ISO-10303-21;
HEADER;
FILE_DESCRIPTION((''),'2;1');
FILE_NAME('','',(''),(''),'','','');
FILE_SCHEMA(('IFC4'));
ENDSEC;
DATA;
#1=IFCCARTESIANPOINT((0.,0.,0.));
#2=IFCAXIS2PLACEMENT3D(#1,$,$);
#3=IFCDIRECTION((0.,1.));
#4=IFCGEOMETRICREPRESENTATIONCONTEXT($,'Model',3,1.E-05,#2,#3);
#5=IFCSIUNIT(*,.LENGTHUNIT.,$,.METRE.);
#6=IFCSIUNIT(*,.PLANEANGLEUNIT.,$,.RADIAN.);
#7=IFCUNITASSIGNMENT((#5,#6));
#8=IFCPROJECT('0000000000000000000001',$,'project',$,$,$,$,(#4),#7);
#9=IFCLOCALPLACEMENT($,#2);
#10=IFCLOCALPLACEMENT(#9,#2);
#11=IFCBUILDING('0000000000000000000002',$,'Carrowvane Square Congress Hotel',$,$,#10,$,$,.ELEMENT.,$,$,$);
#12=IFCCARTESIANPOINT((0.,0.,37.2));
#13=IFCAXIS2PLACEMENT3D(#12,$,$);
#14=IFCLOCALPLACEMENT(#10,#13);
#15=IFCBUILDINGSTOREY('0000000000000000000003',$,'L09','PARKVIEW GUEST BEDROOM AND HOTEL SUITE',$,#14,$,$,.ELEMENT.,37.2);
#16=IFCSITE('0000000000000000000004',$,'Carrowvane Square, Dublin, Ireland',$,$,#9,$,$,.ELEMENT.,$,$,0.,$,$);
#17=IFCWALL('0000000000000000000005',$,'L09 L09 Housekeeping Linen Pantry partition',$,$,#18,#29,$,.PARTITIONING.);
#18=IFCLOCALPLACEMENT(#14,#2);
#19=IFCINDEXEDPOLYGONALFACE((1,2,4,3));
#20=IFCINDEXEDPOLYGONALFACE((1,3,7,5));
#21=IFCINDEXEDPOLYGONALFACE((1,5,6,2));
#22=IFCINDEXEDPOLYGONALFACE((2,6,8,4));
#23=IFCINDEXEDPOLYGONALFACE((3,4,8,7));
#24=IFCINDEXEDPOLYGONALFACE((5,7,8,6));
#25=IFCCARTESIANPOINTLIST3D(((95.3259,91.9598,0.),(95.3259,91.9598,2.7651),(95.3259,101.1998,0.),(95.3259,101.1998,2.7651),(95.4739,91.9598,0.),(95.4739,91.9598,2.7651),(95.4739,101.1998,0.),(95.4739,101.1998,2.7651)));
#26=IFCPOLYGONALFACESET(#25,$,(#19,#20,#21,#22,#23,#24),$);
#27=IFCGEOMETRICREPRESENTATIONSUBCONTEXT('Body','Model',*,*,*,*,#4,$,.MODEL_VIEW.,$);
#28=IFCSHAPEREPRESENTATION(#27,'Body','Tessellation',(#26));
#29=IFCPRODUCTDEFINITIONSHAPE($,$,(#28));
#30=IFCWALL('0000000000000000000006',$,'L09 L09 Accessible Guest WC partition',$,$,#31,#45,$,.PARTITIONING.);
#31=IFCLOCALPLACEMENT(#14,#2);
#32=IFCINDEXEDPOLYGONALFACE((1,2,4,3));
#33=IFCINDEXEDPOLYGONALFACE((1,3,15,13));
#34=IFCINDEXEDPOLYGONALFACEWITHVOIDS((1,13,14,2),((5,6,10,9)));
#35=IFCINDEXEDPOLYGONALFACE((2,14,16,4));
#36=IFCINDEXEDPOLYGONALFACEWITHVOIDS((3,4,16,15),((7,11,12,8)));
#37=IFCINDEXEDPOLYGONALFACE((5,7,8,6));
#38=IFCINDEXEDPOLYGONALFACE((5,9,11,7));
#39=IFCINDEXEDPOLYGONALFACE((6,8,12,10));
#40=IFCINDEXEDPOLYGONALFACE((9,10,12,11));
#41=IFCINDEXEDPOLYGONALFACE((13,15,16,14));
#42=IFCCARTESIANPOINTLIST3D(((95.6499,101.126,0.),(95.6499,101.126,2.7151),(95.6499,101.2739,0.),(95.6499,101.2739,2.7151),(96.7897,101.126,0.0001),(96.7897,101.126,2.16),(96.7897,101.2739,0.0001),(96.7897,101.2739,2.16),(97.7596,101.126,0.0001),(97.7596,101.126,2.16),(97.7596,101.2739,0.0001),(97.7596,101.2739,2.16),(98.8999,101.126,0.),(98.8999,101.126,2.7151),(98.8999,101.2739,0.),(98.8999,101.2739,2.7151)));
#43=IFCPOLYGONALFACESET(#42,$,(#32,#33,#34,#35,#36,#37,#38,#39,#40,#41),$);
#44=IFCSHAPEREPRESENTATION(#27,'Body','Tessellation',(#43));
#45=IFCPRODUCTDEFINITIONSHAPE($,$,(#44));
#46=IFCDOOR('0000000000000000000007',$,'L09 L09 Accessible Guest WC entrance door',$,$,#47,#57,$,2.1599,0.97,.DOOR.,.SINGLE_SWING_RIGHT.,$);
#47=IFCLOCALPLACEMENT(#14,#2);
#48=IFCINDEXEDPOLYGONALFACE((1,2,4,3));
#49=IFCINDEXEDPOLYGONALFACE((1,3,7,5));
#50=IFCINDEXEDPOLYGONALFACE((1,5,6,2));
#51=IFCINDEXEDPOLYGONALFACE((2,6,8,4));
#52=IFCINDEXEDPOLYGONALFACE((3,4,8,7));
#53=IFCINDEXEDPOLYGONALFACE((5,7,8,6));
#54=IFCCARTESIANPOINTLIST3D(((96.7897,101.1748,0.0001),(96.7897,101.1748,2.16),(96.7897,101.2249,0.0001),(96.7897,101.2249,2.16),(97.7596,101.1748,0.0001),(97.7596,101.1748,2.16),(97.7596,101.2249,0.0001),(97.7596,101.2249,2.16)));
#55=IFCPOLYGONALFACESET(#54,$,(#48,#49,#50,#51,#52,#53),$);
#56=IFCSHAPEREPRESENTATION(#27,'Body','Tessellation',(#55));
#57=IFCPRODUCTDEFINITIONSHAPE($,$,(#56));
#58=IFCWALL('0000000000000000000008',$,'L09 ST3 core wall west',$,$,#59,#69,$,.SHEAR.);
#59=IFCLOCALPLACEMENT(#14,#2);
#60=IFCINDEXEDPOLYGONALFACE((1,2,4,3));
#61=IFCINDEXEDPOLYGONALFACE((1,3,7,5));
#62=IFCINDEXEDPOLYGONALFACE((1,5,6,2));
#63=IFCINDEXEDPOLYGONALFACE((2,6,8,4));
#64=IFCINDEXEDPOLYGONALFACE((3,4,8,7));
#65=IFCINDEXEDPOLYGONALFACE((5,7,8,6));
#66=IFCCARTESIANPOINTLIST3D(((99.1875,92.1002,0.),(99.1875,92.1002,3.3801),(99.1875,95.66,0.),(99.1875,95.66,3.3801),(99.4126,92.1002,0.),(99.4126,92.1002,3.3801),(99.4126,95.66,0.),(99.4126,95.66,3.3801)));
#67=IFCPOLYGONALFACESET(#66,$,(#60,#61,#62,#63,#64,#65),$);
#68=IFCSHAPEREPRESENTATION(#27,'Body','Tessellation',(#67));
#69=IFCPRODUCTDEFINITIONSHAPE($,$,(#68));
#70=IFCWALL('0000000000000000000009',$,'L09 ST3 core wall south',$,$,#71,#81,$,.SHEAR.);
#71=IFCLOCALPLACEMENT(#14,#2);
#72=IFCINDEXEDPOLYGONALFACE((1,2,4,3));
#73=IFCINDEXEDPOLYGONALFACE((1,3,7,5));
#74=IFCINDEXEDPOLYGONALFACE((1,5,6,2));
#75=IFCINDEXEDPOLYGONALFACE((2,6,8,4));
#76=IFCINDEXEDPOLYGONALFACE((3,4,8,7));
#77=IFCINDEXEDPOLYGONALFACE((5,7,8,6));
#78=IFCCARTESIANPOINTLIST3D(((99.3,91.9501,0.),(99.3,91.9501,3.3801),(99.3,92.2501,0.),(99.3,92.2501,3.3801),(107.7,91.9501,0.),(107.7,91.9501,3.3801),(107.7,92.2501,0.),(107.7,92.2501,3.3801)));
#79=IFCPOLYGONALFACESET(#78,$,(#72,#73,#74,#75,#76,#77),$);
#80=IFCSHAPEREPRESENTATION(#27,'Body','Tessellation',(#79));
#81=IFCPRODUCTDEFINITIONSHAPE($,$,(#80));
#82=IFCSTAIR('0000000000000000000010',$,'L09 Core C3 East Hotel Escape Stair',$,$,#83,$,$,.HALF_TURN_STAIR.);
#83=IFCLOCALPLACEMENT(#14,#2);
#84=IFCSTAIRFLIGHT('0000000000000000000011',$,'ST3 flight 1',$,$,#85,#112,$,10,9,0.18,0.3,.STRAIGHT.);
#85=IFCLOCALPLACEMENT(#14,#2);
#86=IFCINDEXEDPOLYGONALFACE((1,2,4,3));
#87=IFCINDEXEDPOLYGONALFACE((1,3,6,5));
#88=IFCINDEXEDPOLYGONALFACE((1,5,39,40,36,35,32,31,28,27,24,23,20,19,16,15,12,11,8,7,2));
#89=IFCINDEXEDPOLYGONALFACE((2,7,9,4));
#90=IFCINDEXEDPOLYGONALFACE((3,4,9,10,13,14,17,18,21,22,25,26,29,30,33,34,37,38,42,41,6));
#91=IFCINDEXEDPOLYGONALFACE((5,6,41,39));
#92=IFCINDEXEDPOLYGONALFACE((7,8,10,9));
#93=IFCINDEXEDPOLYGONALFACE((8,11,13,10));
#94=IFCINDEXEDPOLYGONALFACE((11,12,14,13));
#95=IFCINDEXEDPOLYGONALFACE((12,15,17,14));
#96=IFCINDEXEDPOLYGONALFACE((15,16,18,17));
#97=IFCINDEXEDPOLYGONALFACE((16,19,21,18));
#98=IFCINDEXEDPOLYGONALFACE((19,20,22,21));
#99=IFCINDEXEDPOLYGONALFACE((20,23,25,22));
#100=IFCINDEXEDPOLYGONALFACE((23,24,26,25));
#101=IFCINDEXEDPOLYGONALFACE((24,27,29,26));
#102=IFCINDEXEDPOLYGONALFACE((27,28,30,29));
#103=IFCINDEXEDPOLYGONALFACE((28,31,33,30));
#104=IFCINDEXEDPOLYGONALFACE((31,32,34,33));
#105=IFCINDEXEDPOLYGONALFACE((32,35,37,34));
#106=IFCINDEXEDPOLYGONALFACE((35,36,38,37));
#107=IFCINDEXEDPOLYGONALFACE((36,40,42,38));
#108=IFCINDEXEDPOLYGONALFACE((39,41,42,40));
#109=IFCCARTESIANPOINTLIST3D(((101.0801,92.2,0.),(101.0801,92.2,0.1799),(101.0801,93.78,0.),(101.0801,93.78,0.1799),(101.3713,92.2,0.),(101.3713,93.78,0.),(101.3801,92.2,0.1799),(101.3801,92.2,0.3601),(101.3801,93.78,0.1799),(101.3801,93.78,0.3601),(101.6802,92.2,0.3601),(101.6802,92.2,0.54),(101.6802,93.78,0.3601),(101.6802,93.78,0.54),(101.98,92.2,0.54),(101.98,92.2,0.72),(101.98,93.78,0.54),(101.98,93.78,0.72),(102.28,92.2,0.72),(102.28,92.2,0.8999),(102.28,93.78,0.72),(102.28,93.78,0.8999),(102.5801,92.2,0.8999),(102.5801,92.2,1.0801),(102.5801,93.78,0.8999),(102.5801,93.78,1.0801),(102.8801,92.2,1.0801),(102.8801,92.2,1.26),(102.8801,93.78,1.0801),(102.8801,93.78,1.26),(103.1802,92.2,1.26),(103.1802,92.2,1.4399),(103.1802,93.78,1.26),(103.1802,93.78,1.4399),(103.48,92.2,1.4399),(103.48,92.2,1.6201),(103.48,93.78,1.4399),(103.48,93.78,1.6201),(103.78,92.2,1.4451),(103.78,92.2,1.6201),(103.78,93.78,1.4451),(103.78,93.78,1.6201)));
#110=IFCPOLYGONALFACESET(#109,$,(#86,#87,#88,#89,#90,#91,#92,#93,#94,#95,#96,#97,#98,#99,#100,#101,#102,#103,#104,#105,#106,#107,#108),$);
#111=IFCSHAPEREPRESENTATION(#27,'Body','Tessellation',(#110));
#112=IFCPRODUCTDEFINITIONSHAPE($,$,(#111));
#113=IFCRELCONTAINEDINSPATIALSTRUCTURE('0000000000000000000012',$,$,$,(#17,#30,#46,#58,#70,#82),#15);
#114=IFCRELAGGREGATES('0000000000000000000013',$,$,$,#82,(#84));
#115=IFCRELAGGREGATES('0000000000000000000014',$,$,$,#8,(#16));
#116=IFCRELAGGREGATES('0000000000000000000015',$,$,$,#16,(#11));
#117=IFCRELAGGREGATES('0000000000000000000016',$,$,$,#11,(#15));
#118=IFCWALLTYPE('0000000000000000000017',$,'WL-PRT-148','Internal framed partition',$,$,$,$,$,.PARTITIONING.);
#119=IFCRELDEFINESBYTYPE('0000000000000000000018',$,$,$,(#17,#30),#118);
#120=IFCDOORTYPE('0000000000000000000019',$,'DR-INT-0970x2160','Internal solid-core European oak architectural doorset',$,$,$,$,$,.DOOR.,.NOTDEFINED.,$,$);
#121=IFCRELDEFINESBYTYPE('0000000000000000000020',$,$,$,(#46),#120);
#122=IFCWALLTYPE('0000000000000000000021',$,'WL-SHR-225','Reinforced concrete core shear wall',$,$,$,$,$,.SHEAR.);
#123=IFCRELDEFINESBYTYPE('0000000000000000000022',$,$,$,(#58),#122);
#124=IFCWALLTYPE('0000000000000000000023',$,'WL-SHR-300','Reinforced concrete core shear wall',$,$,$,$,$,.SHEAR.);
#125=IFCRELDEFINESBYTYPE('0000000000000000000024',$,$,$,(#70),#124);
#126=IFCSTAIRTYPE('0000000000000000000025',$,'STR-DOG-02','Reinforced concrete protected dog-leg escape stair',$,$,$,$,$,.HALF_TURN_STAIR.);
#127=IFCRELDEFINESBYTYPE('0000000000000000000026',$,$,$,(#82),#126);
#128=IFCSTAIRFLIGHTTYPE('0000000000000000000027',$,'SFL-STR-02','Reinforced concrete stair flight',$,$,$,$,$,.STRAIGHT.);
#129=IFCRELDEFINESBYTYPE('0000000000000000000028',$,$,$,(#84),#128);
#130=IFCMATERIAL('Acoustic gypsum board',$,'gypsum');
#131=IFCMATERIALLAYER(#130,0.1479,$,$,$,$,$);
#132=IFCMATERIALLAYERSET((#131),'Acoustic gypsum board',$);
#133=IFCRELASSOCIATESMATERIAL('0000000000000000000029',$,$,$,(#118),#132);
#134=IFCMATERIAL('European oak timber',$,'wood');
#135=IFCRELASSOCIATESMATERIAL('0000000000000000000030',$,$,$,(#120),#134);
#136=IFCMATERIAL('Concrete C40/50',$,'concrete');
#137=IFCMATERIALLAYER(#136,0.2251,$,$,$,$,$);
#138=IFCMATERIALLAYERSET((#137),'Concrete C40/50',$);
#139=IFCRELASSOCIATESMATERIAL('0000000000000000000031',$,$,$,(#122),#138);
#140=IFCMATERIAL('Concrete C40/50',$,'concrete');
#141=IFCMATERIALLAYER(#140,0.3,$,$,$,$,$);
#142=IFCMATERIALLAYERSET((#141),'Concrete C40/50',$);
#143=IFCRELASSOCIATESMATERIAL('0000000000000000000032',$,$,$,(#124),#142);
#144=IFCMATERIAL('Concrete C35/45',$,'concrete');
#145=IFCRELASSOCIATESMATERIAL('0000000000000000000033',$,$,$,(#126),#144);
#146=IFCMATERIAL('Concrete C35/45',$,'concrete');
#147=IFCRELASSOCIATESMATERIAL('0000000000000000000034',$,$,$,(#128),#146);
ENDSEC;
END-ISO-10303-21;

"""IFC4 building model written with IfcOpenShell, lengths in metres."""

from ifc_helpers import new_model, si_unit, direction, frame, frame_2d, origin, place, context, subcontext, project, spatial, polyline, rectangle, outline, extrude, material, layer, layer_set, type_object, element, fill, aggregate, save


model = new_model("IFC4")

# Units and contexts
model_context = context("Model", 3, precision=1e-05, world=origin(), true_north=direction((0.0, 1.0)))
body_context = subcontext(model_context, "Body", "Model", "MODEL_VIEW")
ifc_project = project(units=[si_unit("LENGTHUNIT", "METRE"), si_unit("PLANEANGLEUNIT", "RADIAN")], contexts=[model_context])

# Site, building, storey
site_placement = place(None, origin())
site = spatial("IfcSite", under=ifc_project, at=site_placement, Name="Carrowvane Square, Dublin, Ireland", CompositionType="ELEMENT", RefElevation=0.0)
building_placement = place(site_placement, origin())
building = spatial("IfcBuilding", under=site, at=building_placement, Name="Carrowvane Square Congress Hotel", CompositionType="ELEMENT")
storey_placement = place(building_placement, frame((0.0, 0.0, 37.2)))
storey = spatial("IfcBuildingStorey", under=building, at=storey_placement, Name="L09", Description="PARKVIEW GUEST BEDROOM AND HOTEL SUITE", CompositionType="ELEMENT", Elevation=37.2)

# Wall
ifc_material_1 = material(Name="Acoustic gypsum board", Category="gypsum")
ifc_layer_1 = layer(ifc_material_1, 0.1479)
ifc_layer_set_1 = layer_set([ifc_layer_1], Name="Acoustic gypsum board")
wall_type_1 = type_object("IfcWallType", Name="WL-PRT-148", Description="Internal framed partition", PredefinedType="PARTITIONING", material=ifc_layer_set_1)
wall_1_placement = place(storey_placement, frame((95.3999, 101.2, 0.0), z_axis=(0.0, 0.0, 1.0), x_axis=(0.0, -1.0, 0.0)))
element("IfcWall", 1, at=wall_1_placement, inside=storey, type_object=wall_type_1, Name="L09 L09 Housekeeping Linen Pantry partition", PredefinedType="PARTITIONING", context=body_context, shape_type="SweptSolid", body=[
    extrude(rectangle(XDim=9.24, YDim=0.1479, at=frame_2d((4.6201, 0.0))), origin(), (0.0, 0.0, 1.0), 2.7651),
])

# Wall, opening, door
wall_2_placement = place(storey_placement, frame((95.6499, 101.2, 0.0), z_axis=(0.0, 0.0, 1.0), x_axis=(1.0, 0.0, 0.0)))
wall_2 = element("IfcWall", 2, at=wall_2_placement, inside=storey, type_object=wall_type_1, Name="L09 L09 Accessible Guest WC partition", PredefinedType="PARTITIONING", context=body_context, shape_type="SweptSolid", body=[
    extrude(rectangle(XDim=3.25, YDim=0.1479, at=frame_2d((1.625, 0.0))), origin(), (0.0, 0.0, 1.0), 2.7151),
])
opening_1_placement = place(wall_2_placement, frame((1.1399, 0.0, 0.0)))
opening_1 = element("IfcOpeningElement", 3, at=opening_1_placement, cuts=wall_2, PredefinedType="OPENING", context=body_context, shape_type="SweptSolid", body=[
    extrude(rectangle(XDim=0.97, YDim=2.1599, at=frame_2d((0.4849, 1.0801))), frame((0.0, 0.084, 0.0), z_axis=(0.0, -1.0, 0.0), x_axis=(1.0, 0.0, 0.0)), (0.0, 0.0, 1.0), 0.168),
])
ifc_material_2 = material(Name="European oak timber", Category="wood")
door_type = type_object("IfcDoorType", Name="DR-INT-0970x2160", Description="Internal solid-core European oak architectural doorset", OperationType="NOTDEFINED", PredefinedType="DOOR", material=ifc_material_2)
door_placement = place(opening_1_placement, origin())
door = element("IfcDoor", 4, at=door_placement, inside=storey, type_object=door_type, Name="L09 L09 Accessible Guest WC entrance door", OperationType="SINGLE_SWING_RIGHT", OverallHeight=2.1599, OverallWidth=0.97, PredefinedType="DOOR", context=body_context, shape_type="SweptSolid", body=[
    extrude(rectangle(XDim=0.97, YDim=2.1599, at=frame_2d((0.4849, 1.0801))), frame((0.0, 0.0249, 0.0), z_axis=(0.0, -1.0, 0.0), x_axis=(1.0, 0.0, 0.0)), (0.0, 0.0, 1.0), 0.05),
])
fill(opening_1, door)

# Walls
ifc_material_3 = material(Name="Concrete C40/50", Category="concrete")
ifc_layer_2 = layer(ifc_material_3, 0.2251)
ifc_layer_set_2 = layer_set([ifc_layer_2], Name="Concrete C40/50")
wall_type_2 = type_object("IfcWallType", Name="WL-SHR-225", Description="Reinforced concrete core shear wall", PredefinedType="SHEAR", material=ifc_layer_set_2)
wall_3_placement = place(storey_placement, frame((99.3, 95.6599, 0.0), z_axis=(0.0, 0.0, 1.0), x_axis=(0.0, -1.0, 0.0)))
element("IfcWall", 5, at=wall_3_placement, inside=storey, type_object=wall_type_2, Name="L09 ST3 core wall west", PredefinedType="SHEAR", context=body_context, shape_type="SweptSolid", body=[
    extrude(rectangle(XDim=3.5598, YDim=0.2251, at=frame_2d((1.7798, 0.0))), origin(), (0.0, 0.0, 1.0), 3.3801),
])
ifc_material_4 = material(Name="Concrete C40/50", Category="concrete")
ifc_layer_3 = layer(ifc_material_4, 0.3)
ifc_layer_set_3 = layer_set([ifc_layer_3], Name="Concrete C40/50")
wall_type_3 = type_object("IfcWallType", Name="WL-SHR-300", Description="Reinforced concrete core shear wall", PredefinedType="SHEAR", material=ifc_layer_set_3)
wall_4_placement = place(storey_placement, frame((99.3, 92.1001, 0.0), z_axis=(0.0, 0.0, 1.0), x_axis=(1.0, 0.0, 0.0)))
element("IfcWall", 6, at=wall_4_placement, inside=storey, type_object=wall_type_3, Name="L09 ST3 core wall south", PredefinedType="SHEAR", context=body_context, shape_type="SweptSolid", body=[
    extrude(rectangle(XDim=8.3999, YDim=0.3, at=frame_2d((4.2, 0.0))), origin(), (0.0, 0.0, 1.0), 3.3801),
])

# Stair, stair flight
ifc_material_5 = material(Name="Concrete C35/45", Category="concrete")
stair_type = type_object("IfcStairType", Name="STR-DOG-02", Description="Reinforced concrete protected dog-leg escape stair", PredefinedType="HALF_TURN_STAIR", material=ifc_material_5)
stair_placement = place(storey_placement, origin())
stair = element("IfcStair", 7, at=stair_placement, inside=storey, type_object=stair_type, Name="L09 Core C3 East Hotel Escape Stair", PredefinedType="HALF_TURN_STAIR")
ifc_material_6 = material(Name="Concrete C35/45", Category="concrete")
stair_flight_type = type_object("IfcStairFlightType", Name="SFL-STR-02", Description="Reinforced concrete stair flight", PredefinedType="STRAIGHT", material=ifc_material_6)
stair_flight_placement = place(storey_placement, frame((101.0801, 92.99, 0.0), z_axis=(0.0, 0.0, 1.0), x_axis=(1.0, 0.0, 0.0)))
stair_flight = element("IfcStairFlight", 8, at=stair_flight_placement, type_object=stair_flight_type, Name="ST3 flight 1", NumberOfRisers=10, NumberOfTreads=9, PredefinedType="STRAIGHT", RiserHeight=0.18, TreadLength=0.3, context=body_context, shape_type="SweptSolid", body=[
    extrude(outline(polyline([(0.0, 0.0), (0.0, 0.1799), (0.3, 0.1799), (0.3, 0.3601), (0.6001, 0.3601), (0.6001, 0.54), (0.8999, 0.54), (0.8999, 0.72), (1.2, 0.72), (1.2, 0.8999), (1.5, 0.8999), (1.5, 1.0801), (1.8, 1.0801), (1.8, 1.26), (2.1001, 1.26), (2.1001, 1.4399), (2.3999, 1.4399), (2.3999, 1.6201), (2.7, 1.6201), (2.7, 1.8), (2.7, 1.4451), (0.2913, 0.0), (0.0, 0.0)])), frame((0.0, 0.79, 0.0), z_axis=(0.0, -1.0, 0.0), x_axis=(1.0, 0.0, 0.0)), (0.0, 0.0, 1.0), 1.5801),
])
aggregate(stair, [stair_flight])

save(model, "model.ifc")
